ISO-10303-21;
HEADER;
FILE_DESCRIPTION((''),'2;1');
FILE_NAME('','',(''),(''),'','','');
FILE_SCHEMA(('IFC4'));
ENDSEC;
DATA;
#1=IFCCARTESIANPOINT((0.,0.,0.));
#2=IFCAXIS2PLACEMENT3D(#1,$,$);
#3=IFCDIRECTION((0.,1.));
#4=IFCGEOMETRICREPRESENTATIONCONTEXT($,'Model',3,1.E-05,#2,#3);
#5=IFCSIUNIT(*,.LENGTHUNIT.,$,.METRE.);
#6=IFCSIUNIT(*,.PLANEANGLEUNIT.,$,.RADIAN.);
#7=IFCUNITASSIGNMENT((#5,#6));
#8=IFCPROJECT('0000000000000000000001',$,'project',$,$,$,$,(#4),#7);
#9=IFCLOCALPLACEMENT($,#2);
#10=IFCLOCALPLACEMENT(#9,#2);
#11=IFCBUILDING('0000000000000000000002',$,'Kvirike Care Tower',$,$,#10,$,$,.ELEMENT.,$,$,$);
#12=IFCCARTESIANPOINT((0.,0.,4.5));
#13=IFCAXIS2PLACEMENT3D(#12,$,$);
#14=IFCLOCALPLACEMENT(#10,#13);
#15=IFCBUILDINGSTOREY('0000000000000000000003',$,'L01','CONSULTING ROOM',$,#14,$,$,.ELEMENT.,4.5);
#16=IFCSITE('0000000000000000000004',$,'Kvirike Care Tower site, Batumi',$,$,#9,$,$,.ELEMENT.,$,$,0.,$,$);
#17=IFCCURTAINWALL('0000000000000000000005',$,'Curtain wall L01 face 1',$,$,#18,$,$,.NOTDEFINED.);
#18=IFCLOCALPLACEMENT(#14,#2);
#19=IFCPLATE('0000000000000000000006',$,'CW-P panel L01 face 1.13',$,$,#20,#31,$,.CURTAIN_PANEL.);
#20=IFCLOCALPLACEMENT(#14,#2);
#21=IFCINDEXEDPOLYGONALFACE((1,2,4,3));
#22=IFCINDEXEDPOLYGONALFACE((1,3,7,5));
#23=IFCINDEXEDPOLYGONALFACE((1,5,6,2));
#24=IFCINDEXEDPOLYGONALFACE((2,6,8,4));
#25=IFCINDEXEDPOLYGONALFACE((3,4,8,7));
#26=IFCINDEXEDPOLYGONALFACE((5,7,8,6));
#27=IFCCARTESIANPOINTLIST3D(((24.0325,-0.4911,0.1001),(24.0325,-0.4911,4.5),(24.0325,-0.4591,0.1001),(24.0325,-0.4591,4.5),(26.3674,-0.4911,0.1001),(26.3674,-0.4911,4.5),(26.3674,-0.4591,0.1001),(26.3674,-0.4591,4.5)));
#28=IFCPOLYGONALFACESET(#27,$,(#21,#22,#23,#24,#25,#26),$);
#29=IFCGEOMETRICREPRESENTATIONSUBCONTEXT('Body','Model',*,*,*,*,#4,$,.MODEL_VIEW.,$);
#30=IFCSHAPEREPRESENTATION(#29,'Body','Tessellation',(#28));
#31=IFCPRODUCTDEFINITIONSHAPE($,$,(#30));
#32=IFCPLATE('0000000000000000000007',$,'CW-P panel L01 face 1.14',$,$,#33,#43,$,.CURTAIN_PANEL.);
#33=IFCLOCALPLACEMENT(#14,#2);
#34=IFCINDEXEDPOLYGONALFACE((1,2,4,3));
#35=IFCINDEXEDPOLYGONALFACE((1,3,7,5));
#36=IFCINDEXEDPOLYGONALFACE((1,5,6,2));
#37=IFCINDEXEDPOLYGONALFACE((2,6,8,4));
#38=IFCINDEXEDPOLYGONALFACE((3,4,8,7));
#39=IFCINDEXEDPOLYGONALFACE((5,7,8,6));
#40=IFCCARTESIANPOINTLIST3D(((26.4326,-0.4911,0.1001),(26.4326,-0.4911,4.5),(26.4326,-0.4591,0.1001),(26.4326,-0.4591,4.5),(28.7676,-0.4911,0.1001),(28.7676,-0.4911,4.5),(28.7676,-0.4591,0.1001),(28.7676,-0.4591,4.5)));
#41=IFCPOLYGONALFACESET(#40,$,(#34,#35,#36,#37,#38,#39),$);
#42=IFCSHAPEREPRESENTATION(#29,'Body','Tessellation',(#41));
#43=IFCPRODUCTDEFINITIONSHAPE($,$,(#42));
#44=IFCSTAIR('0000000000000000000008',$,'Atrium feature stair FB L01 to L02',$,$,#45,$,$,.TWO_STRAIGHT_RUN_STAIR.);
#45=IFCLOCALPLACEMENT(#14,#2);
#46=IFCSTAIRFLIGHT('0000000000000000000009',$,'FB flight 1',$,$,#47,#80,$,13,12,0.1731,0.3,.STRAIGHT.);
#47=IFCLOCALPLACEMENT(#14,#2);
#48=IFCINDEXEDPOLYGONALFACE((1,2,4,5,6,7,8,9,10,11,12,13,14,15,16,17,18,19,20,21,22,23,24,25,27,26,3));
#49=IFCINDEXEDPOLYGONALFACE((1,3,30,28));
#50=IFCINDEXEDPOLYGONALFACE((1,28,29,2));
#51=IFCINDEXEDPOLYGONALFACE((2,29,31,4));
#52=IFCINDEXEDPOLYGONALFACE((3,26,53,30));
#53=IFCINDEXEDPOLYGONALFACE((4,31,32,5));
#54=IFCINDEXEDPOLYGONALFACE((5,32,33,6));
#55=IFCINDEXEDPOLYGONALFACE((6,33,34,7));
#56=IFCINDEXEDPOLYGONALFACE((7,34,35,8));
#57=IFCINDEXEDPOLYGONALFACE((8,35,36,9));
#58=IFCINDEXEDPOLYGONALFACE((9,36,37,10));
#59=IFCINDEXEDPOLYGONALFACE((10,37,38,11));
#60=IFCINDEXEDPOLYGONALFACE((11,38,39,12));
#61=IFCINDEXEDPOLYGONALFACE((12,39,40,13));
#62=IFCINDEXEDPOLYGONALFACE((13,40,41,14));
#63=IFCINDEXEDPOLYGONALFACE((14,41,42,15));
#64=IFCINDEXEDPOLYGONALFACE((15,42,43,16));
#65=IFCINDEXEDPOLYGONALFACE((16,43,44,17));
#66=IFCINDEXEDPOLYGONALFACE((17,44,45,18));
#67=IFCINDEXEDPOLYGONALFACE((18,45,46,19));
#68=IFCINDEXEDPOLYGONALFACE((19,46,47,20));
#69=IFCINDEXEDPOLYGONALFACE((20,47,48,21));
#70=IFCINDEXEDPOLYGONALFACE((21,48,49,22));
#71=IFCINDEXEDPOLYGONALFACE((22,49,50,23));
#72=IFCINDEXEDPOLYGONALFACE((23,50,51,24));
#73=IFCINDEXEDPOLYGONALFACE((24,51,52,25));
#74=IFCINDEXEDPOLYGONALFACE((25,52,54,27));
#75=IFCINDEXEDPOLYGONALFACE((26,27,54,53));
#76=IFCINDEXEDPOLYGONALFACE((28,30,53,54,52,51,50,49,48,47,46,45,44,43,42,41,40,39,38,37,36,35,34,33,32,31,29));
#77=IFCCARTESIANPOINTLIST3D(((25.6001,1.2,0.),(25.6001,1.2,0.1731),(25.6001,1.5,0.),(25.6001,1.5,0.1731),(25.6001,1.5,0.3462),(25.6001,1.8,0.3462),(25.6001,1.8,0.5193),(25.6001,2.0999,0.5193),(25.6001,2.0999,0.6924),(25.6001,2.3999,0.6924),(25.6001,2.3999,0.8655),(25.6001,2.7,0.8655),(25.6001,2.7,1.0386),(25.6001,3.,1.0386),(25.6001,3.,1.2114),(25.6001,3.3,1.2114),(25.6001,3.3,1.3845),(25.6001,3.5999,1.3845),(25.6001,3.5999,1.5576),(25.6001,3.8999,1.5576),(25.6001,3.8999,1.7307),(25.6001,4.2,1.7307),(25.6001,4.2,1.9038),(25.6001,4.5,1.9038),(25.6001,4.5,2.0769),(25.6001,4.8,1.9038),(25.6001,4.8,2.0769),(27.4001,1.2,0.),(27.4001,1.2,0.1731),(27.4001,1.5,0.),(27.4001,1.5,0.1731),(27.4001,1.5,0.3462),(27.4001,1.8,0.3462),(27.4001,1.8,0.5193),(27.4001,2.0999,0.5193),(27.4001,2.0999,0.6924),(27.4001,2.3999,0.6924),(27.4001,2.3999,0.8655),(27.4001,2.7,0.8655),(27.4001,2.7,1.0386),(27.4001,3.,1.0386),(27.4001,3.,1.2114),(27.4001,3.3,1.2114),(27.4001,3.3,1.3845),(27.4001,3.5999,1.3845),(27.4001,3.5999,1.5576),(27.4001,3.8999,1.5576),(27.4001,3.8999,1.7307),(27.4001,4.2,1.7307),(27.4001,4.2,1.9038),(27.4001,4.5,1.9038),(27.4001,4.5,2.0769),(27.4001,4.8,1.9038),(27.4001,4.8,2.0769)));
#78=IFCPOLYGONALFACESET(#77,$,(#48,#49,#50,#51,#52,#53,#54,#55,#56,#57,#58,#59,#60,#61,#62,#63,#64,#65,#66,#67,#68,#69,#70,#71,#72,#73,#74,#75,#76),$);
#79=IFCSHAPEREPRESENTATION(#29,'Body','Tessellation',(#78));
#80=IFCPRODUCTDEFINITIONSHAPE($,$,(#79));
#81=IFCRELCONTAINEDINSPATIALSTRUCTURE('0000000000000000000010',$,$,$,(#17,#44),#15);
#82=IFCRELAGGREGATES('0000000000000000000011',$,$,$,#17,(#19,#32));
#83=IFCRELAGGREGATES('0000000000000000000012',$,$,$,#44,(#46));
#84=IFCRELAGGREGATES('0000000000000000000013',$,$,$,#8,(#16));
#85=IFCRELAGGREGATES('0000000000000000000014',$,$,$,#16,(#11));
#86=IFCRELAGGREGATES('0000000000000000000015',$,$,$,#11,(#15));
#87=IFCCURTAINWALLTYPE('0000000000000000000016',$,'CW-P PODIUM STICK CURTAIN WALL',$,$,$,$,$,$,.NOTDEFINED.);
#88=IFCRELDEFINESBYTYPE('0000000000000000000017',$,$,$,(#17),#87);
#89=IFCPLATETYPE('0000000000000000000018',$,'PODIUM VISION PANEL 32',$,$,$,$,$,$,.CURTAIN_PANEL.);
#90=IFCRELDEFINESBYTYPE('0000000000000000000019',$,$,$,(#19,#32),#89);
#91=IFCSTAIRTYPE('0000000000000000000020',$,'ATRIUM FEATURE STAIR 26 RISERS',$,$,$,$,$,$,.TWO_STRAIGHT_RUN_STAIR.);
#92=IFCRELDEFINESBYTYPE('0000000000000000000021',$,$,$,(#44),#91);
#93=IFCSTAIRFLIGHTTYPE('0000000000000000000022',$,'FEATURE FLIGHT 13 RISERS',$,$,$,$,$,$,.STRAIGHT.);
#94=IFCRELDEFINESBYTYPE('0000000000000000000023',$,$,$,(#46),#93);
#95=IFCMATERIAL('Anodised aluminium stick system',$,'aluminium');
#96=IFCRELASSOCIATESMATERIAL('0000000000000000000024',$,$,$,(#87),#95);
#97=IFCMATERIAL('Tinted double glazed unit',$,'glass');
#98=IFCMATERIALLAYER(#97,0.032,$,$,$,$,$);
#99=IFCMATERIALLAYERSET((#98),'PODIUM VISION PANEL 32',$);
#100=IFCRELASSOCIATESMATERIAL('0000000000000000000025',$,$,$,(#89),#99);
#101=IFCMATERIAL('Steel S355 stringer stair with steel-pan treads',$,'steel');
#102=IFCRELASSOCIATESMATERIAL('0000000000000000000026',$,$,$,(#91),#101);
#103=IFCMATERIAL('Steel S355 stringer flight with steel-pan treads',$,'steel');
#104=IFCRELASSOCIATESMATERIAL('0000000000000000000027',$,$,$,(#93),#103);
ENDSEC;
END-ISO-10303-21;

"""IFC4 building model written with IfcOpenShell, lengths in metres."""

from ifc_helpers import new_model, si_unit, direction, frame, origin, origin_2d, place, context, subcontext, project, spatial, polyline, rectangle, outline, extrude, material, layer, layer_set, type_object, element, aggregate, save


model = new_model("IFC4")

# Units and contexts
model_context = context("Model", 3, precision=1e-05, world=origin(), true_north=direction((0.0, 1.0)))
body_context = subcontext(model_context, "Body", "Model", "MODEL_VIEW")
ifc_project = project(units=[si_unit("LENGTHUNIT", "METRE"), si_unit("PLANEANGLEUNIT", "RADIAN")], contexts=[model_context])

# Site, building, storey
site_placement = place(None, origin())
site = spatial("IfcSite", under=ifc_project, at=site_placement, Name="Kvirike Care Tower site, Batumi", CompositionType="ELEMENT", RefElevation=0.0)
building_placement = place(site_placement, origin())
building = spatial("IfcBuilding", under=site, at=building_placement, Name="Kvirike Care Tower", CompositionType="ELEMENT")
storey_placement = place(building_placement, frame((0.0, 0.0, 4.5)))
storey = spatial("IfcBuildingStorey", under=building, at=storey_placement, Name="L01", Description="CONSULTING ROOM", CompositionType="ELEMENT", Elevation=4.5)

# Curtain wall
ifc_material_1 = material(Name="Anodised aluminium stick system", Category="aluminium")
curtain_wall_type = type_object("IfcCurtainWallType", Name="CW-P PODIUM STICK CURTAIN WALL", PredefinedType="NOTDEFINED", material=ifc_material_1)
curtain_wall_placement = place(storey_placement, origin())
curtain_wall = element("IfcCurtainWall", 1, at=curtain_wall_placement, inside=storey, type_object=curtain_wall_type, Name="Curtain wall L01 face 1", PredefinedType="NOTDEFINED")

# Plates
ifc_material_2 = material(Name="Tinted double glazed unit", Category="glass")
ifc_layer = layer(ifc_material_2, 0.032)
ifc_layer_set = layer_set([ifc_layer], Name="PODIUM VISION PANEL 32")
plate_type = type_object("IfcPlateType", Name="PODIUM VISION PANEL 32", PredefinedType="CURTAIN_PANEL", material=ifc_layer_set)
plate_1_placement = place(storey_placement, frame((25.2, -0.4751, 0.1001), z_axis=(0.0, 0.0, 1.0), x_axis=(1.0, 0.0, 0.0)))
plate_1 = element("IfcPlate", 2, at=plate_1_placement, type_object=plate_type, Name="CW-P panel L01 face 1.13", PredefinedType="CURTAIN_PANEL", context=body_context, shape_type="SweptSolid", body=[
    extrude(rectangle(XDim=2.335, YDim=0.032, at=origin_2d()), origin(), (0.0, 0.0, 1.0), 4.3999),
])
plate_2_placement = place(storey_placement, frame((27.6001, -0.4751, 0.1001), z_axis=(0.0, 0.0, 1.0), x_axis=(1.0, 0.0, 0.0)))
plate_2 = element("IfcPlate", 3, at=plate_2_placement, type_object=plate_type, Name="CW-P panel L01 face 1.14", PredefinedType="CURTAIN_PANEL", context=body_context, shape_type="SweptSolid", body=[
    extrude(rectangle(XDim=2.335, YDim=0.032, at=origin_2d()), origin(), (0.0, 0.0, 1.0), 4.3999),
])
aggregate(curtain_wall, [plate_1, plate_2])

# Stair, stair flight
ifc_material_3 = material(Name="Steel S355 stringer stair with steel-pan treads", Category="steel")
stair_type = type_object("IfcStairType", Name="ATRIUM FEATURE STAIR 26 RISERS", PredefinedType="TWO_STRAIGHT_RUN_STAIR", material=ifc_material_3)
stair_placement = place(storey_placement, origin())
stair = element("IfcStair", 4, at=stair_placement, inside=storey, type_object=stair_type, Name="Atrium feature stair FB L01 to L02", PredefinedType="TWO_STRAIGHT_RUN_STAIR")
ifc_material_4 = material(Name="Steel S355 stringer flight with steel-pan treads", Category="steel")
stair_flight_type = type_object("IfcStairFlightType", Name="FEATURE FLIGHT 13 RISERS", PredefinedType="STRAIGHT", material=ifc_material_4)
stair_flight_placement = place(storey_placement, frame((26.5, 1.2, 0.0), z_axis=(0.0, 0.0, 1.0), x_axis=(0.0, 1.0, 0.0)))
stair_flight = element("IfcStairFlight", 5, at=stair_flight_placement, type_object=stair_flight_type, Name="FB flight 1", NumberOfRisers=13, NumberOfTreads=12, PredefinedType="STRAIGHT", RiserHeight=0.1731, TreadLength=0.3, context=body_context, shape_type="SweptSolid", body=[
    extrude(outline(polyline([(0.0, 0.0), (0.0, 0.1731), (0.3, 0.1731), (0.3, 0.3462), (0.6001, 0.3462), (0.6001, 0.5193), (0.8999, 0.5193), (0.8999, 0.6924), (1.2, 0.6924), (1.2, 0.8655), (1.5, 0.8655), (1.5, 1.0386), (1.8, 1.0386), (1.8, 1.2114), (2.1001, 1.2114), (2.1001, 1.3845), (2.3999, 1.3845), (2.3999, 1.5576), (2.7, 1.5576), (2.7, 1.7307), (3.0, 1.7307), (3.0, 1.9038), (3.3, 1.9038), (3.3, 2.0769), (3.6001, 2.0769), (3.6001, 2.25), (3.6001, 1.9038), (0.3, 0.0), (0.0, 0.0)])), frame((0.0, 0.8999, 0.0), z_axis=(0.0, -1.0, 0.0), x_axis=(1.0, 0.0, 0.0)), (0.0, 0.0, 1.0), 1.8),
])
aggregate(stair, [stair_flight])

save(model, "model.ifc")
